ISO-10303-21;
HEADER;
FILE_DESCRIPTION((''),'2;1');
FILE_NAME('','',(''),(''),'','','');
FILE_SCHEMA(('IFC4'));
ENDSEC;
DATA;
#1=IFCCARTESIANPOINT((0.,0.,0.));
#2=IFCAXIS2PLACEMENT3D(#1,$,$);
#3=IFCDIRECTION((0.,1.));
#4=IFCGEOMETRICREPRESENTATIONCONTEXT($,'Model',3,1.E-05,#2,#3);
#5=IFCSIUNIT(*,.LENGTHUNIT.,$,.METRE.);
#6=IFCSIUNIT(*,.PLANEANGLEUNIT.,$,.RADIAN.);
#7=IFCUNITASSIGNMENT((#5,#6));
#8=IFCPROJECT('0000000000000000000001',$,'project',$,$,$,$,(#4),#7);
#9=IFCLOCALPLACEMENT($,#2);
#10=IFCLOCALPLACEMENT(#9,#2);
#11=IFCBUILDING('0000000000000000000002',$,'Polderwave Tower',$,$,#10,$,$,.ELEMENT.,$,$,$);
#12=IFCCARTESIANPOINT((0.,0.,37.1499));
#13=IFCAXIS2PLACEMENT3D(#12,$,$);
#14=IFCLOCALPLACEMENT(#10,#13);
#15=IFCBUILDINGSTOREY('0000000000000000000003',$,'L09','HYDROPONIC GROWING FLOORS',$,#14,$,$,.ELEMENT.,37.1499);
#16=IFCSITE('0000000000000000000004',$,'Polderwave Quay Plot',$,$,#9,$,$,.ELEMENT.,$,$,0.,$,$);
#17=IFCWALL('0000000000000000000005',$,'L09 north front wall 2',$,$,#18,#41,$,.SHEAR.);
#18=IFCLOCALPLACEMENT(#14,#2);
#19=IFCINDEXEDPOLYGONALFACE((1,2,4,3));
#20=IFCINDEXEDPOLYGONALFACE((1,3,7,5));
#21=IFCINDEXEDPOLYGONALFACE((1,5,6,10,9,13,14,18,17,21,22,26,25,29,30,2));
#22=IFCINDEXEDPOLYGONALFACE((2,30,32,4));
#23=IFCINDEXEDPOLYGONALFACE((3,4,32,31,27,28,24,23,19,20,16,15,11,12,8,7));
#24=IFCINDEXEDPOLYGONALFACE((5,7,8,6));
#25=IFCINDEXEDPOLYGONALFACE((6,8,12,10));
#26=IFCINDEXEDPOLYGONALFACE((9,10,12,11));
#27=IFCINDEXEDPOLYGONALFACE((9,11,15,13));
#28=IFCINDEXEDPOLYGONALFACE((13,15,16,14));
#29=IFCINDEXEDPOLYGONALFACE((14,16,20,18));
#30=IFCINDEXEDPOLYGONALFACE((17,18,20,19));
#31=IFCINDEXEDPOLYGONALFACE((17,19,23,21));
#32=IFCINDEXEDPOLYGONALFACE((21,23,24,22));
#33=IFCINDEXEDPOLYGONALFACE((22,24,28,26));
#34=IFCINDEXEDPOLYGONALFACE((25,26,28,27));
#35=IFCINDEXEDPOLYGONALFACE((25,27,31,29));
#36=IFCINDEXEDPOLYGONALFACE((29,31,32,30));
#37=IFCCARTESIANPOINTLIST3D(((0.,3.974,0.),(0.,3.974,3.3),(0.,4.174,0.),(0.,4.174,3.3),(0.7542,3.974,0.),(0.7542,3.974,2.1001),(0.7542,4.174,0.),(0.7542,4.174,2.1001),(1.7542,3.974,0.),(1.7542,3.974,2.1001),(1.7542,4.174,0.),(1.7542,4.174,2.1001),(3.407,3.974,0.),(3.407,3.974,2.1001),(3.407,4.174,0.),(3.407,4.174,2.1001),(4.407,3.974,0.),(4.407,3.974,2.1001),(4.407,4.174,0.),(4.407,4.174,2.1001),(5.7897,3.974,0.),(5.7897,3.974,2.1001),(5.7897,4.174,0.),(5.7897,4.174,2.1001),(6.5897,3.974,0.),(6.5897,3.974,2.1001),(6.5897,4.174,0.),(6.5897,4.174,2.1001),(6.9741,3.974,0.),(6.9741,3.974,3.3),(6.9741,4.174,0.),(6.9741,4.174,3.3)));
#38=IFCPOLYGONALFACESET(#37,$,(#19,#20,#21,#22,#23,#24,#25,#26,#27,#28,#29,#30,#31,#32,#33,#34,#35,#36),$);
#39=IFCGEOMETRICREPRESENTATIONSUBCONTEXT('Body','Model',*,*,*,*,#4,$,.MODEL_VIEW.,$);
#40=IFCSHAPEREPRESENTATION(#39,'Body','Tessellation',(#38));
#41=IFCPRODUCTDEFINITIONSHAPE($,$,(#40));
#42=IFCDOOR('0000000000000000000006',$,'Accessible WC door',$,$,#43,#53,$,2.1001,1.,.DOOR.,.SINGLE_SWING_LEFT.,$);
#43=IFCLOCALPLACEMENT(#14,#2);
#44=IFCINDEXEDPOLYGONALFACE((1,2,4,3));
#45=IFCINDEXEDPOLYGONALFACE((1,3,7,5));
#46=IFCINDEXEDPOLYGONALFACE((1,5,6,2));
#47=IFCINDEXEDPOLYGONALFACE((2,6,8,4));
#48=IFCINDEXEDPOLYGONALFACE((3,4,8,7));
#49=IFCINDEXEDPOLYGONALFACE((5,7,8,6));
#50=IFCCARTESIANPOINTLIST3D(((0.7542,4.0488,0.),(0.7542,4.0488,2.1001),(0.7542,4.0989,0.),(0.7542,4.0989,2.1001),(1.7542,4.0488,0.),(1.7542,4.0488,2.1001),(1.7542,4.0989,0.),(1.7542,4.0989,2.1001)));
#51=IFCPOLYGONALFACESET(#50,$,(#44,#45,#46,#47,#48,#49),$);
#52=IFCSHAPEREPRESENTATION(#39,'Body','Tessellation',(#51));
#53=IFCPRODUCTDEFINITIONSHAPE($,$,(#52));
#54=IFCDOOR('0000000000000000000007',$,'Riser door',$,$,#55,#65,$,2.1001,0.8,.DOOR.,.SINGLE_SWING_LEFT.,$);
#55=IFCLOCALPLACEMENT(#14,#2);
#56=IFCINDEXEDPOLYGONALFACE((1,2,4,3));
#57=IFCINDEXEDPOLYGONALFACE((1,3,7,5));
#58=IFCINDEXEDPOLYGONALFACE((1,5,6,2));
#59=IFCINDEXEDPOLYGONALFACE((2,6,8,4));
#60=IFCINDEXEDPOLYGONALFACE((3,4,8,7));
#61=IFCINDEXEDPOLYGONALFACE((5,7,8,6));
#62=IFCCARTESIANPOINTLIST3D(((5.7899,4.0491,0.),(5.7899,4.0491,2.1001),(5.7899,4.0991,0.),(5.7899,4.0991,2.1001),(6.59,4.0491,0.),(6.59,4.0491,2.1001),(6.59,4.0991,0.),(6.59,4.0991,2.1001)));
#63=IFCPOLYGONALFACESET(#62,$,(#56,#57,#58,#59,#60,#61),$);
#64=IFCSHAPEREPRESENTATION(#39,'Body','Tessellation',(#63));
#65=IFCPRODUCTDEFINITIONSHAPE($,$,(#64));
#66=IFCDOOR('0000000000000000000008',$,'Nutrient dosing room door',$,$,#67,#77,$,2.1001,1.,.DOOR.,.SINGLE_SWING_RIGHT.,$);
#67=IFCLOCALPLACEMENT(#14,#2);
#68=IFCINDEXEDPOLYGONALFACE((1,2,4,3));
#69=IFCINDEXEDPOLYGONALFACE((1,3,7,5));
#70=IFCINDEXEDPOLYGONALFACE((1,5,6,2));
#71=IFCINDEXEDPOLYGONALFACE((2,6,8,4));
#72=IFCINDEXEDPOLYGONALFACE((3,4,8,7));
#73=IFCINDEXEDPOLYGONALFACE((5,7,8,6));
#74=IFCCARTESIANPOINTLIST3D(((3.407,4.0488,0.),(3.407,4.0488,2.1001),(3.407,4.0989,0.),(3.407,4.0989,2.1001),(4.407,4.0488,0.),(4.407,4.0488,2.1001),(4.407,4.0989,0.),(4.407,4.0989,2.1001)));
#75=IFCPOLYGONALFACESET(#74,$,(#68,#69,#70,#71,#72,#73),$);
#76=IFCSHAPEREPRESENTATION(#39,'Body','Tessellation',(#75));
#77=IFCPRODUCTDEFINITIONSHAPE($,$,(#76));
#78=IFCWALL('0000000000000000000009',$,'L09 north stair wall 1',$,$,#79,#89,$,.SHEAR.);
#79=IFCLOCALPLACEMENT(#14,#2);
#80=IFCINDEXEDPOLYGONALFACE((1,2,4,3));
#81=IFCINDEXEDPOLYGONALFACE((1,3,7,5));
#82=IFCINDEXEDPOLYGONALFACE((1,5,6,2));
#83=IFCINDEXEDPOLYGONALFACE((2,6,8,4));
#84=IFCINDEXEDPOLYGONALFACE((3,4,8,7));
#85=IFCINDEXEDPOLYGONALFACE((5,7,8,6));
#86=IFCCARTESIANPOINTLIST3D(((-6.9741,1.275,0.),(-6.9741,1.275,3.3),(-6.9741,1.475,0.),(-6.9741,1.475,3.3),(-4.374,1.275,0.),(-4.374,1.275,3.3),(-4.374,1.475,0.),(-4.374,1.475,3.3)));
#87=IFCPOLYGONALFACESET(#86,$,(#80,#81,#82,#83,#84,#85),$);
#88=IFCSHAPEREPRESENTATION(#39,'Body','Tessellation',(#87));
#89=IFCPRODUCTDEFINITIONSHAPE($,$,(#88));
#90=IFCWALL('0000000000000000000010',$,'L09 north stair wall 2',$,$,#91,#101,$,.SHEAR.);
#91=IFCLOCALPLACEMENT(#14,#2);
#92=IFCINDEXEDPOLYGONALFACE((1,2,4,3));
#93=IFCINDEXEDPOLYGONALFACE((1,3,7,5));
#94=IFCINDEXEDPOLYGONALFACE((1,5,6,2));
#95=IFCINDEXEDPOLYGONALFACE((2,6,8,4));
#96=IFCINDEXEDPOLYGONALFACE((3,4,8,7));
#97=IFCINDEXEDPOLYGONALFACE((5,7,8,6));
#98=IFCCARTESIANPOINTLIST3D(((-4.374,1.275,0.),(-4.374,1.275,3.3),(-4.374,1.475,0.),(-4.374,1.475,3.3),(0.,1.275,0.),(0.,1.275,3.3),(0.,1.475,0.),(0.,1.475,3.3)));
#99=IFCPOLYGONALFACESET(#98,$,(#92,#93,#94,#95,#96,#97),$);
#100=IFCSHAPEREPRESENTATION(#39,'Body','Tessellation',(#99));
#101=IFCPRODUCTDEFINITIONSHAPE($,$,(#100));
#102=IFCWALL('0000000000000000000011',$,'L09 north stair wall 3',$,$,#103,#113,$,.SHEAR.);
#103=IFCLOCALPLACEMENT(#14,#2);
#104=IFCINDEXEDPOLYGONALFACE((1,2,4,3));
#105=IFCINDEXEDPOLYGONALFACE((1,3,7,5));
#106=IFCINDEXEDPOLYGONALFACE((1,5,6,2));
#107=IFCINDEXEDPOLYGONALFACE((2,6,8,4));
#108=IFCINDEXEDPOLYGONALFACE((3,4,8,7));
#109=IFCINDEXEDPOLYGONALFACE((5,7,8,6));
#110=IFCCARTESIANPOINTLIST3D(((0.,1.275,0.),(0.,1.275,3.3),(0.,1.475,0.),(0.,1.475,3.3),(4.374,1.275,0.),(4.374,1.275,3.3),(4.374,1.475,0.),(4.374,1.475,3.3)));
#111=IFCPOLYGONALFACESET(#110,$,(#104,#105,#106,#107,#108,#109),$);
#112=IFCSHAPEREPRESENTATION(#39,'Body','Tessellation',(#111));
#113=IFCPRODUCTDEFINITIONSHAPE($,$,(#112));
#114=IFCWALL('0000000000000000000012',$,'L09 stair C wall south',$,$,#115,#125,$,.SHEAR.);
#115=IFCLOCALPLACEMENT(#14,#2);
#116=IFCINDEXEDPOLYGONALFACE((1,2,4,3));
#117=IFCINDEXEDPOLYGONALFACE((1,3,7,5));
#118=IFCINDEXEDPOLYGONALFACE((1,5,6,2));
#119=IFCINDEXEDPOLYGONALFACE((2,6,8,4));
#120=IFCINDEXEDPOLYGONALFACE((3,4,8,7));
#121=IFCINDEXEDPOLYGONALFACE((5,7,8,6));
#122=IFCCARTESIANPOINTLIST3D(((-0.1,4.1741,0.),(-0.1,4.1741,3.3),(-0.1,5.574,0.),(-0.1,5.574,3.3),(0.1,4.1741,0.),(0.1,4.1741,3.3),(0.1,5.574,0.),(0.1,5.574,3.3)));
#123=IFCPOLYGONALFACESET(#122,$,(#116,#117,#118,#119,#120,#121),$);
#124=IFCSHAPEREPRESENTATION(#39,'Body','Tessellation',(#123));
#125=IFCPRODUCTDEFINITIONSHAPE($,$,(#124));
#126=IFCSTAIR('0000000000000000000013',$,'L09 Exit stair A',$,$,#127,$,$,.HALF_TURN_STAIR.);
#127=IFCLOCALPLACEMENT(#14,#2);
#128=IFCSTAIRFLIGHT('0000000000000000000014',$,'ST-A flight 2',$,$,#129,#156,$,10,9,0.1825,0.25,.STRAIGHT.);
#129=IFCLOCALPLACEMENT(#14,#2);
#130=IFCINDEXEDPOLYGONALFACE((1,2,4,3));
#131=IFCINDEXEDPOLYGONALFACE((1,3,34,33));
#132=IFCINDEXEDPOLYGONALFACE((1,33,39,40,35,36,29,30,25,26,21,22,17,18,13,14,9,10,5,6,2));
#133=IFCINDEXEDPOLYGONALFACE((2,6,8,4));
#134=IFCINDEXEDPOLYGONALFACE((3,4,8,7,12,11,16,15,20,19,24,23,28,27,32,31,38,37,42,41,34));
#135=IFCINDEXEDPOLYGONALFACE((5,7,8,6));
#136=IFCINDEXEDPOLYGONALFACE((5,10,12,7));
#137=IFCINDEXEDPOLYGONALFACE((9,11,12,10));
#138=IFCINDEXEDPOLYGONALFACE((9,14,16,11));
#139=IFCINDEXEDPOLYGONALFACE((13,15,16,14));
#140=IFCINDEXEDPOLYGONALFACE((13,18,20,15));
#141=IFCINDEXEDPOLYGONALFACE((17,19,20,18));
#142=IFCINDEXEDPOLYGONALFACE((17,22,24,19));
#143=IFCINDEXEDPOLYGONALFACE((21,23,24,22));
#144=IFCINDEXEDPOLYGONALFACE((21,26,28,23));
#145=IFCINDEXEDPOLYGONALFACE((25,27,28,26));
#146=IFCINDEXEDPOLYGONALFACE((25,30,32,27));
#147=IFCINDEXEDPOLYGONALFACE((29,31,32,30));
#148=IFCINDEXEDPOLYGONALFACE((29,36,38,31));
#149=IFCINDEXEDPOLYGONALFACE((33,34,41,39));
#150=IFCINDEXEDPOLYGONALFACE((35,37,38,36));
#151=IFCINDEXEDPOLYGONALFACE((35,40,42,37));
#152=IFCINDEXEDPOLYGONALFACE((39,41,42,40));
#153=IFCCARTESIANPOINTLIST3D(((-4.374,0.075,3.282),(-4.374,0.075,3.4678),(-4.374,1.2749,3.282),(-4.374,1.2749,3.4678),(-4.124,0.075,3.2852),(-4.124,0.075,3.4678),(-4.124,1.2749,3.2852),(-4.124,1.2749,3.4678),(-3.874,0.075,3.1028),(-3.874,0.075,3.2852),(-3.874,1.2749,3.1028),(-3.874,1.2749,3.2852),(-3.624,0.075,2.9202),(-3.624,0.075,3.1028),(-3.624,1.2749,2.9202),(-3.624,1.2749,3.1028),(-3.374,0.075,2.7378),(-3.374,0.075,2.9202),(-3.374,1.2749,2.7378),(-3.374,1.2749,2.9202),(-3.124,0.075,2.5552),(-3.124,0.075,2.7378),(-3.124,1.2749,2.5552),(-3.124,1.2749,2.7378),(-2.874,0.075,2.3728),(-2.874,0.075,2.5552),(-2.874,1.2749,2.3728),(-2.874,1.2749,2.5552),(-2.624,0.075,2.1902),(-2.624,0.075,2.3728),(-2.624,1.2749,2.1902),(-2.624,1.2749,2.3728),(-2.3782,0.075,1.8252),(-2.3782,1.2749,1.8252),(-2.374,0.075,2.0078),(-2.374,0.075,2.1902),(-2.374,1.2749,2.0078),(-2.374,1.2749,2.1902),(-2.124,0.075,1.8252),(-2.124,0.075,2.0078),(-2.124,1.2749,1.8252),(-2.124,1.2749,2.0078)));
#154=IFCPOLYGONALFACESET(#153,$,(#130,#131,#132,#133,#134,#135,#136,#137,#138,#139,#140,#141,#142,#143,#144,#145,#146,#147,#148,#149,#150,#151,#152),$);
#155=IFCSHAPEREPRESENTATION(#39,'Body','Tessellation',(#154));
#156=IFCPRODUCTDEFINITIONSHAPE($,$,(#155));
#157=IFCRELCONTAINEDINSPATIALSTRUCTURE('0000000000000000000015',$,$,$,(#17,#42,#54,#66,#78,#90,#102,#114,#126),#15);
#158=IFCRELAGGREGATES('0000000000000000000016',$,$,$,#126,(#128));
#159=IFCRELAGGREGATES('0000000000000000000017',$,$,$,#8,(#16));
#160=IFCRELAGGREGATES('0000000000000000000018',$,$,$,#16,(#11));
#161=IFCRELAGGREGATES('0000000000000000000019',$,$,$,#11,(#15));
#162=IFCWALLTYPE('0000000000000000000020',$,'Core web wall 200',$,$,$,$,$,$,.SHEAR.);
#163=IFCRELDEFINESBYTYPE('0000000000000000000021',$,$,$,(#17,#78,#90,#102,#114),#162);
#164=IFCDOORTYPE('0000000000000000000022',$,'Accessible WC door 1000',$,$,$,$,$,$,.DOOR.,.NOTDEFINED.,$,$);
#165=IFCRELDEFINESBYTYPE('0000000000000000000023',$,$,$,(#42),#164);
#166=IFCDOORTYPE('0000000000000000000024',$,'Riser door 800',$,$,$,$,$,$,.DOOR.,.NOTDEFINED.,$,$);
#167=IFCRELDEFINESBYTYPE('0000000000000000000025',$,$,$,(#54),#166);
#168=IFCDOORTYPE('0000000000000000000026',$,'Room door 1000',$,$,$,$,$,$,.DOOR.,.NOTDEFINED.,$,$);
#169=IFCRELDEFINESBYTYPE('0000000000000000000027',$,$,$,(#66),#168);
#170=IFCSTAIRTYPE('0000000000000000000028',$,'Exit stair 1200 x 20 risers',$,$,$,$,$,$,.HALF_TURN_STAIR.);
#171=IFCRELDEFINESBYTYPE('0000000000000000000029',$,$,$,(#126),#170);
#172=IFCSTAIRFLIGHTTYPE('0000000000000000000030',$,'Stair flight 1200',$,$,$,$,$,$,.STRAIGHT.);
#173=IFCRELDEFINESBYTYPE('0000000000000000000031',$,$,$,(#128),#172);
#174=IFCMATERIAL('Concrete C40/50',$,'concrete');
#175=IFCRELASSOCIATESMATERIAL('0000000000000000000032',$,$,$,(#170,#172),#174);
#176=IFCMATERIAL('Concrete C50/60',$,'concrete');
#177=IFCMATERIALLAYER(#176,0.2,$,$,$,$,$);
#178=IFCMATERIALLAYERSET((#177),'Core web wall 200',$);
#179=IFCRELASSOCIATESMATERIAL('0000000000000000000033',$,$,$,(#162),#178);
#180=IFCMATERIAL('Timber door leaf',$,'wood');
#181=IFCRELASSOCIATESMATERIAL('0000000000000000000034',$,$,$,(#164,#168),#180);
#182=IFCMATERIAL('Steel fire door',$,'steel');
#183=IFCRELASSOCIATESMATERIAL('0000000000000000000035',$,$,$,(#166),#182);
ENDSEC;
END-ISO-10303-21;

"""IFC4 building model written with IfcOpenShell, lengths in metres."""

from ifc_helpers import new_model, si_unit, direction, frame, frame_2d, origin, place, context, subcontext, project, spatial, polyline, rectangle, outline, extrude, material, layer, layer_set, type_object, element, fill, aggregate, save


model = new_model("IFC4")

# Units and contexts
model_context = context("Model", 3, precision=1e-05, world=origin(), true_north=direction((0.0, 1.0)))
body_context = subcontext(model_context, "Body", "Model", "MODEL_VIEW")
ifc_project = project(units=[si_unit("LENGTHUNIT", "METRE"), si_unit("PLANEANGLEUNIT", "RADIAN")], contexts=[model_context])

# Site, building, storey
site_placement = place(None, origin())
site = spatial("IfcSite", under=ifc_project, at=site_placement, Name="Polderwave Quay Plot", CompositionType="ELEMENT", RefElevation=0.0)
building_placement = place(site_placement, origin())
building = spatial("IfcBuilding", under=site, at=building_placement, Name="Polderwave Tower", CompositionType="ELEMENT")
storey_placement = place(building_placement, frame((0.0, 0.0, 37.1499)))
storey = spatial("IfcBuildingStorey", under=building, at=storey_placement, Name="L09", Description="HYDROPONIC GROWING FLOORS", CompositionType="ELEMENT", Elevation=37.1499)

# Shared definitions
ifc_material_1 = material(Name="Concrete C40/50", Category="concrete")

# Shared definitions
stair_type = type_object("IfcStairType", Name="Exit stair 1200 x 20 risers", PredefinedType="HALF_TURN_STAIR", material=ifc_material_1)

# Shared definitions
ifc_material_2 = material(Name="Steel fire door", Category="steel")

# Shared definitions
ifc_material_3 = material(Name="Concrete C50/60", Category="concrete")
ifc_layer_1 = layer(ifc_material_3, 0.2)
ifc_layer_set_1 = layer_set([ifc_layer_1], Name="Core web wall 200")
wall_type_1 = type_object("IfcWallType", Name="Core web wall 200", PredefinedType="SHEAR", material=ifc_layer_set_1)

# Wall, openings, doors
wall_1_placement = place(storey_placement, frame((0.0, 4.074, 0.0), z_axis=(0.0, 0.0, 1.0), x_axis=(1.0, 0.0, 0.0)))
wall_1 = element("IfcWall", 1, at=wall_1_placement, inside=storey, type_object=wall_type_1, Name="L09 north front wall 2", PredefinedType="SHEAR", context=body_context, shape_type="SweptSolid", body=[
    extrude(rectangle(XDim=6.9741, YDim=0.2, at=frame_2d((3.4871, 0.0))), origin(), (0.0, 0.0, 1.0), 3.3),
])
opening_1_placement = place(wall_1_placement, frame((0.7542, 0.0, 0.0)))
opening_1 = element("IfcOpeningElement", 2, at=opening_1_placement, cuts=wall_1, PredefinedType="OPENING", context=body_context, shape_type="SweptSolid", body=[
    extrude(rectangle(XDim=1.0, YDim=2.1001, at=frame_2d((0.5, 1.05))), frame((0.0, 0.1099, 0.0), z_axis=(0.0, -1.0, 0.0), x_axis=(1.0, 0.0, 0.0)), (0.0, 0.0, 1.0), 0.22),
])
opening_2_placement = place(wall_1_placement, frame((3.407, 0.0, 0.0)))
opening_2 = element("IfcOpeningElement", 3, at=opening_2_placement, cuts=wall_1, PredefinedType="OPENING", context=body_context, shape_type="SweptSolid", body=[
    extrude(rectangle(XDim=1.0, YDim=2.1001, at=frame_2d((0.5, 1.05))), frame((0.0, 0.1099, 0.0), z_axis=(0.0, -1.0, 0.0), x_axis=(1.0, 0.0, 0.0)), (0.0, 0.0, 1.0), 0.22),
])
opening_3_placement = place(wall_1_placement, frame((5.7898, 0.0, 0.0)))
opening_3 = element("IfcOpeningElement", 4, at=opening_3_placement, cuts=wall_1, PredefinedType="OPENING", context=body_context, shape_type="SweptSolid", body=[
    extrude(rectangle(XDim=0.8, YDim=2.1001, at=frame_2d((0.3999, 1.05))), frame((0.0, 0.1099, 0.0), z_axis=(0.0, -1.0, 0.0), x_axis=(1.0, 0.0, 0.0)), (0.0, 0.0, 1.0), 0.22),
])
ifc_material_4 = material(Name="Timber door leaf", Category="wood")
door_type_1 = type_object("IfcDoorType", Name="Accessible WC door 1000", OperationType="NOTDEFINED", PredefinedType="DOOR", material=ifc_material_4)
door_1_placement = place(opening_1_placement, origin())
door_1 = element("IfcDoor", 5, at=door_1_placement, inside=storey, type_object=door_type_1, Name="Accessible WC door", OperationType="SINGLE_SWING_LEFT", OverallHeight=2.1001, OverallWidth=1.0, PredefinedType="DOOR", context=body_context, shape_type="SweptSolid", body=[
    extrude(rectangle(XDim=1.0, YDim=2.1001, at=frame_2d((0.5, 1.05))), frame((0.0, 0.0249, 0.0), z_axis=(0.0, -1.0, 0.0), x_axis=(1.0, 0.0, 0.0)), (0.0, 0.0, 1.0), 0.05),
])
fill(opening_1, door_1)
door_type_2 = type_object("IfcDoorType", Name="Riser door 800", OperationType="NOTDEFINED", PredefinedType="DOOR", material=ifc_material_2)
door_2_placement = place(opening_3_placement, frame((0.8, 0.0, 0.0), z_axis=(0.0, 0.0, 1.0), x_axis=(-1.0, 0.0, 0.0)))
door_2 = element("IfcDoor", 6, at=door_2_placement, inside=storey, type_object=door_type_2, Name="Riser door", OperationType="SINGLE_SWING_LEFT", OverallHeight=2.1001, OverallWidth=0.8, PredefinedType="DOOR", context=body_context, shape_type="SweptSolid", body=[
    extrude(rectangle(XDim=0.8, YDim=2.1001, at=frame_2d((0.3999, 1.05))), frame((0.0, 0.0249, 0.0), z_axis=(0.0, -1.0, 0.0), x_axis=(1.0, 0.0, 0.0)), (0.0, 0.0, 1.0), 0.05),
])
fill(opening_3, door_2)
door_type_3 = type_object("IfcDoorType", Name="Room door 1000", OperationType="NOTDEFINED", PredefinedType="DOOR", material=ifc_material_4)
door_3_placement = place(opening_2_placement, origin())
door_3 = element("IfcDoor", 7, at=door_3_placement, inside=storey, type_object=door_type_3, Name="Nutrient dosing room door", OperationType="SINGLE_SWING_RIGHT", OverallHeight=2.1001, OverallWidth=1.0, PredefinedType="DOOR", context=body_context, shape_type="SweptSolid", body=[
    extrude(rectangle(XDim=1.0, YDim=2.1001, at=frame_2d((0.5, 1.05))), frame((0.0, 0.0249, 0.0), z_axis=(0.0, -1.0, 0.0), x_axis=(1.0, 0.0, 0.0)), (0.0, 0.0, 1.0), 0.05),
])
fill(opening_2, door_3)

# Walls
wall_2_placement = place(storey_placement, frame((-6.9741, 1.375, 0.0), z_axis=(0.0, 0.0, 1.0), x_axis=(1.0, 0.0, 0.0)))
element("IfcWall", 8, at=wall_2_placement, inside=storey, type_object=wall_type_1, Name="L09 north stair wall 1", PredefinedType="SHEAR", context=body_context, shape_type="SweptSolid", body=[
    extrude(rectangle(XDim=2.6001, YDim=0.2, at=frame_2d((1.3, 0.0))), origin(), (0.0, 0.0, 1.0), 3.3),
])
for number, where, z_axis, x_axis, name in (
    (9, (-4.374, 1.375, 0.0), (0.0, 0.0, 1.0), (1.0, 0.0, 0.0), "L09 north stair wall 2"),
    (10, (0.0, 1.375, 0.0), (0.0, 0.0, 1.0), (1.0, 0.0, 0.0), "L09 north stair wall 3"),
):
    element("IfcWall", number, at=place(storey_placement, frame(where, z_axis=z_axis, x_axis=x_axis)), inside=storey, type_object=wall_type_1, Name=name, PredefinedType="SHEAR", context=body_context, shape_type="SweptSolid", body=[
        extrude(rectangle(XDim=4.374, YDim=0.2, at=frame_2d((2.187, 0.0))), origin(), (0.0, 0.0, 1.0), 3.3),
    ])
wall_3_placement = place(storey_placement, frame((0.0, 4.1741, 0.0), z_axis=(0.0, 0.0, 1.0), x_axis=(0.0, 1.0, 0.0)))
element("IfcWall", 11, at=wall_3_placement, inside=storey, type_object=wall_type_1, Name="L09 stair C wall south", PredefinedType="SHEAR", context=body_context, shape_type="SweptSolid", body=[
    extrude(rectangle(XDim=1.3999, YDim=0.2, at=frame_2d((0.7, 0.0))), origin(), (0.0, 0.0, 1.0), 3.3),
])

# Stair, stair flight
stair_1_placement = place(storey_placement, origin())
stair_1 = element("IfcStair", 12, at=stair_1_placement, inside=storey, type_object=stair_type, Name="L09 Exit stair A", PredefinedType="HALF_TURN_STAIR")
stair_flight_type = type_object("IfcStairFlightType", Name="Stair flight 1200", PredefinedType="STRAIGHT", material=ifc_material_1)
stair_flight_1_placement = place(storey_placement, frame((-2.124, 0.675, 1.8252), z_axis=(0.0, 0.0, 1.0), x_axis=(-1.0, 0.0, 0.0)))
stair_flight_1 = element("IfcStairFlight", 13, at=stair_flight_1_placement, type_object=stair_flight_type, Name="ST-A flight 2", NumberOfRisers=10, NumberOfTreads=9, PredefinedType="STRAIGHT", RiserHeight=0.1825, TreadLength=0.25, context=body_context, shape_type="SweptSolid", body=[
    extrude(outline(polyline([(0.0, 0.0), (0.0, 0.1826), (0.25, 0.1826), (0.25, 0.365), (0.5, 0.365), (0.5, 0.5476), (0.75, 0.5476), (0.75, 0.73), (1.0, 0.73), (1.0, 0.9126), (1.25, 0.9126), (1.25, 1.095), (1.5, 1.095), (1.5, 1.2776), (1.75, 1.2776), (1.75, 1.46), (2.0, 1.46), (2.0, 1.6426), (2.25, 1.6426), (2.25, 1.825), (2.25, 1.4568), (0.2542, 0.0), (0.0, 0.0)])), frame((0.0, 0.6001, 0.0), z_axis=(0.0, -1.0, 0.0), x_axis=(1.0, 0.0, 0.0)), (0.0, 0.0, 1.0), 1.2),
])
aggregate(stair_1, [stair_flight_1])

save(model, "model.ifc")
